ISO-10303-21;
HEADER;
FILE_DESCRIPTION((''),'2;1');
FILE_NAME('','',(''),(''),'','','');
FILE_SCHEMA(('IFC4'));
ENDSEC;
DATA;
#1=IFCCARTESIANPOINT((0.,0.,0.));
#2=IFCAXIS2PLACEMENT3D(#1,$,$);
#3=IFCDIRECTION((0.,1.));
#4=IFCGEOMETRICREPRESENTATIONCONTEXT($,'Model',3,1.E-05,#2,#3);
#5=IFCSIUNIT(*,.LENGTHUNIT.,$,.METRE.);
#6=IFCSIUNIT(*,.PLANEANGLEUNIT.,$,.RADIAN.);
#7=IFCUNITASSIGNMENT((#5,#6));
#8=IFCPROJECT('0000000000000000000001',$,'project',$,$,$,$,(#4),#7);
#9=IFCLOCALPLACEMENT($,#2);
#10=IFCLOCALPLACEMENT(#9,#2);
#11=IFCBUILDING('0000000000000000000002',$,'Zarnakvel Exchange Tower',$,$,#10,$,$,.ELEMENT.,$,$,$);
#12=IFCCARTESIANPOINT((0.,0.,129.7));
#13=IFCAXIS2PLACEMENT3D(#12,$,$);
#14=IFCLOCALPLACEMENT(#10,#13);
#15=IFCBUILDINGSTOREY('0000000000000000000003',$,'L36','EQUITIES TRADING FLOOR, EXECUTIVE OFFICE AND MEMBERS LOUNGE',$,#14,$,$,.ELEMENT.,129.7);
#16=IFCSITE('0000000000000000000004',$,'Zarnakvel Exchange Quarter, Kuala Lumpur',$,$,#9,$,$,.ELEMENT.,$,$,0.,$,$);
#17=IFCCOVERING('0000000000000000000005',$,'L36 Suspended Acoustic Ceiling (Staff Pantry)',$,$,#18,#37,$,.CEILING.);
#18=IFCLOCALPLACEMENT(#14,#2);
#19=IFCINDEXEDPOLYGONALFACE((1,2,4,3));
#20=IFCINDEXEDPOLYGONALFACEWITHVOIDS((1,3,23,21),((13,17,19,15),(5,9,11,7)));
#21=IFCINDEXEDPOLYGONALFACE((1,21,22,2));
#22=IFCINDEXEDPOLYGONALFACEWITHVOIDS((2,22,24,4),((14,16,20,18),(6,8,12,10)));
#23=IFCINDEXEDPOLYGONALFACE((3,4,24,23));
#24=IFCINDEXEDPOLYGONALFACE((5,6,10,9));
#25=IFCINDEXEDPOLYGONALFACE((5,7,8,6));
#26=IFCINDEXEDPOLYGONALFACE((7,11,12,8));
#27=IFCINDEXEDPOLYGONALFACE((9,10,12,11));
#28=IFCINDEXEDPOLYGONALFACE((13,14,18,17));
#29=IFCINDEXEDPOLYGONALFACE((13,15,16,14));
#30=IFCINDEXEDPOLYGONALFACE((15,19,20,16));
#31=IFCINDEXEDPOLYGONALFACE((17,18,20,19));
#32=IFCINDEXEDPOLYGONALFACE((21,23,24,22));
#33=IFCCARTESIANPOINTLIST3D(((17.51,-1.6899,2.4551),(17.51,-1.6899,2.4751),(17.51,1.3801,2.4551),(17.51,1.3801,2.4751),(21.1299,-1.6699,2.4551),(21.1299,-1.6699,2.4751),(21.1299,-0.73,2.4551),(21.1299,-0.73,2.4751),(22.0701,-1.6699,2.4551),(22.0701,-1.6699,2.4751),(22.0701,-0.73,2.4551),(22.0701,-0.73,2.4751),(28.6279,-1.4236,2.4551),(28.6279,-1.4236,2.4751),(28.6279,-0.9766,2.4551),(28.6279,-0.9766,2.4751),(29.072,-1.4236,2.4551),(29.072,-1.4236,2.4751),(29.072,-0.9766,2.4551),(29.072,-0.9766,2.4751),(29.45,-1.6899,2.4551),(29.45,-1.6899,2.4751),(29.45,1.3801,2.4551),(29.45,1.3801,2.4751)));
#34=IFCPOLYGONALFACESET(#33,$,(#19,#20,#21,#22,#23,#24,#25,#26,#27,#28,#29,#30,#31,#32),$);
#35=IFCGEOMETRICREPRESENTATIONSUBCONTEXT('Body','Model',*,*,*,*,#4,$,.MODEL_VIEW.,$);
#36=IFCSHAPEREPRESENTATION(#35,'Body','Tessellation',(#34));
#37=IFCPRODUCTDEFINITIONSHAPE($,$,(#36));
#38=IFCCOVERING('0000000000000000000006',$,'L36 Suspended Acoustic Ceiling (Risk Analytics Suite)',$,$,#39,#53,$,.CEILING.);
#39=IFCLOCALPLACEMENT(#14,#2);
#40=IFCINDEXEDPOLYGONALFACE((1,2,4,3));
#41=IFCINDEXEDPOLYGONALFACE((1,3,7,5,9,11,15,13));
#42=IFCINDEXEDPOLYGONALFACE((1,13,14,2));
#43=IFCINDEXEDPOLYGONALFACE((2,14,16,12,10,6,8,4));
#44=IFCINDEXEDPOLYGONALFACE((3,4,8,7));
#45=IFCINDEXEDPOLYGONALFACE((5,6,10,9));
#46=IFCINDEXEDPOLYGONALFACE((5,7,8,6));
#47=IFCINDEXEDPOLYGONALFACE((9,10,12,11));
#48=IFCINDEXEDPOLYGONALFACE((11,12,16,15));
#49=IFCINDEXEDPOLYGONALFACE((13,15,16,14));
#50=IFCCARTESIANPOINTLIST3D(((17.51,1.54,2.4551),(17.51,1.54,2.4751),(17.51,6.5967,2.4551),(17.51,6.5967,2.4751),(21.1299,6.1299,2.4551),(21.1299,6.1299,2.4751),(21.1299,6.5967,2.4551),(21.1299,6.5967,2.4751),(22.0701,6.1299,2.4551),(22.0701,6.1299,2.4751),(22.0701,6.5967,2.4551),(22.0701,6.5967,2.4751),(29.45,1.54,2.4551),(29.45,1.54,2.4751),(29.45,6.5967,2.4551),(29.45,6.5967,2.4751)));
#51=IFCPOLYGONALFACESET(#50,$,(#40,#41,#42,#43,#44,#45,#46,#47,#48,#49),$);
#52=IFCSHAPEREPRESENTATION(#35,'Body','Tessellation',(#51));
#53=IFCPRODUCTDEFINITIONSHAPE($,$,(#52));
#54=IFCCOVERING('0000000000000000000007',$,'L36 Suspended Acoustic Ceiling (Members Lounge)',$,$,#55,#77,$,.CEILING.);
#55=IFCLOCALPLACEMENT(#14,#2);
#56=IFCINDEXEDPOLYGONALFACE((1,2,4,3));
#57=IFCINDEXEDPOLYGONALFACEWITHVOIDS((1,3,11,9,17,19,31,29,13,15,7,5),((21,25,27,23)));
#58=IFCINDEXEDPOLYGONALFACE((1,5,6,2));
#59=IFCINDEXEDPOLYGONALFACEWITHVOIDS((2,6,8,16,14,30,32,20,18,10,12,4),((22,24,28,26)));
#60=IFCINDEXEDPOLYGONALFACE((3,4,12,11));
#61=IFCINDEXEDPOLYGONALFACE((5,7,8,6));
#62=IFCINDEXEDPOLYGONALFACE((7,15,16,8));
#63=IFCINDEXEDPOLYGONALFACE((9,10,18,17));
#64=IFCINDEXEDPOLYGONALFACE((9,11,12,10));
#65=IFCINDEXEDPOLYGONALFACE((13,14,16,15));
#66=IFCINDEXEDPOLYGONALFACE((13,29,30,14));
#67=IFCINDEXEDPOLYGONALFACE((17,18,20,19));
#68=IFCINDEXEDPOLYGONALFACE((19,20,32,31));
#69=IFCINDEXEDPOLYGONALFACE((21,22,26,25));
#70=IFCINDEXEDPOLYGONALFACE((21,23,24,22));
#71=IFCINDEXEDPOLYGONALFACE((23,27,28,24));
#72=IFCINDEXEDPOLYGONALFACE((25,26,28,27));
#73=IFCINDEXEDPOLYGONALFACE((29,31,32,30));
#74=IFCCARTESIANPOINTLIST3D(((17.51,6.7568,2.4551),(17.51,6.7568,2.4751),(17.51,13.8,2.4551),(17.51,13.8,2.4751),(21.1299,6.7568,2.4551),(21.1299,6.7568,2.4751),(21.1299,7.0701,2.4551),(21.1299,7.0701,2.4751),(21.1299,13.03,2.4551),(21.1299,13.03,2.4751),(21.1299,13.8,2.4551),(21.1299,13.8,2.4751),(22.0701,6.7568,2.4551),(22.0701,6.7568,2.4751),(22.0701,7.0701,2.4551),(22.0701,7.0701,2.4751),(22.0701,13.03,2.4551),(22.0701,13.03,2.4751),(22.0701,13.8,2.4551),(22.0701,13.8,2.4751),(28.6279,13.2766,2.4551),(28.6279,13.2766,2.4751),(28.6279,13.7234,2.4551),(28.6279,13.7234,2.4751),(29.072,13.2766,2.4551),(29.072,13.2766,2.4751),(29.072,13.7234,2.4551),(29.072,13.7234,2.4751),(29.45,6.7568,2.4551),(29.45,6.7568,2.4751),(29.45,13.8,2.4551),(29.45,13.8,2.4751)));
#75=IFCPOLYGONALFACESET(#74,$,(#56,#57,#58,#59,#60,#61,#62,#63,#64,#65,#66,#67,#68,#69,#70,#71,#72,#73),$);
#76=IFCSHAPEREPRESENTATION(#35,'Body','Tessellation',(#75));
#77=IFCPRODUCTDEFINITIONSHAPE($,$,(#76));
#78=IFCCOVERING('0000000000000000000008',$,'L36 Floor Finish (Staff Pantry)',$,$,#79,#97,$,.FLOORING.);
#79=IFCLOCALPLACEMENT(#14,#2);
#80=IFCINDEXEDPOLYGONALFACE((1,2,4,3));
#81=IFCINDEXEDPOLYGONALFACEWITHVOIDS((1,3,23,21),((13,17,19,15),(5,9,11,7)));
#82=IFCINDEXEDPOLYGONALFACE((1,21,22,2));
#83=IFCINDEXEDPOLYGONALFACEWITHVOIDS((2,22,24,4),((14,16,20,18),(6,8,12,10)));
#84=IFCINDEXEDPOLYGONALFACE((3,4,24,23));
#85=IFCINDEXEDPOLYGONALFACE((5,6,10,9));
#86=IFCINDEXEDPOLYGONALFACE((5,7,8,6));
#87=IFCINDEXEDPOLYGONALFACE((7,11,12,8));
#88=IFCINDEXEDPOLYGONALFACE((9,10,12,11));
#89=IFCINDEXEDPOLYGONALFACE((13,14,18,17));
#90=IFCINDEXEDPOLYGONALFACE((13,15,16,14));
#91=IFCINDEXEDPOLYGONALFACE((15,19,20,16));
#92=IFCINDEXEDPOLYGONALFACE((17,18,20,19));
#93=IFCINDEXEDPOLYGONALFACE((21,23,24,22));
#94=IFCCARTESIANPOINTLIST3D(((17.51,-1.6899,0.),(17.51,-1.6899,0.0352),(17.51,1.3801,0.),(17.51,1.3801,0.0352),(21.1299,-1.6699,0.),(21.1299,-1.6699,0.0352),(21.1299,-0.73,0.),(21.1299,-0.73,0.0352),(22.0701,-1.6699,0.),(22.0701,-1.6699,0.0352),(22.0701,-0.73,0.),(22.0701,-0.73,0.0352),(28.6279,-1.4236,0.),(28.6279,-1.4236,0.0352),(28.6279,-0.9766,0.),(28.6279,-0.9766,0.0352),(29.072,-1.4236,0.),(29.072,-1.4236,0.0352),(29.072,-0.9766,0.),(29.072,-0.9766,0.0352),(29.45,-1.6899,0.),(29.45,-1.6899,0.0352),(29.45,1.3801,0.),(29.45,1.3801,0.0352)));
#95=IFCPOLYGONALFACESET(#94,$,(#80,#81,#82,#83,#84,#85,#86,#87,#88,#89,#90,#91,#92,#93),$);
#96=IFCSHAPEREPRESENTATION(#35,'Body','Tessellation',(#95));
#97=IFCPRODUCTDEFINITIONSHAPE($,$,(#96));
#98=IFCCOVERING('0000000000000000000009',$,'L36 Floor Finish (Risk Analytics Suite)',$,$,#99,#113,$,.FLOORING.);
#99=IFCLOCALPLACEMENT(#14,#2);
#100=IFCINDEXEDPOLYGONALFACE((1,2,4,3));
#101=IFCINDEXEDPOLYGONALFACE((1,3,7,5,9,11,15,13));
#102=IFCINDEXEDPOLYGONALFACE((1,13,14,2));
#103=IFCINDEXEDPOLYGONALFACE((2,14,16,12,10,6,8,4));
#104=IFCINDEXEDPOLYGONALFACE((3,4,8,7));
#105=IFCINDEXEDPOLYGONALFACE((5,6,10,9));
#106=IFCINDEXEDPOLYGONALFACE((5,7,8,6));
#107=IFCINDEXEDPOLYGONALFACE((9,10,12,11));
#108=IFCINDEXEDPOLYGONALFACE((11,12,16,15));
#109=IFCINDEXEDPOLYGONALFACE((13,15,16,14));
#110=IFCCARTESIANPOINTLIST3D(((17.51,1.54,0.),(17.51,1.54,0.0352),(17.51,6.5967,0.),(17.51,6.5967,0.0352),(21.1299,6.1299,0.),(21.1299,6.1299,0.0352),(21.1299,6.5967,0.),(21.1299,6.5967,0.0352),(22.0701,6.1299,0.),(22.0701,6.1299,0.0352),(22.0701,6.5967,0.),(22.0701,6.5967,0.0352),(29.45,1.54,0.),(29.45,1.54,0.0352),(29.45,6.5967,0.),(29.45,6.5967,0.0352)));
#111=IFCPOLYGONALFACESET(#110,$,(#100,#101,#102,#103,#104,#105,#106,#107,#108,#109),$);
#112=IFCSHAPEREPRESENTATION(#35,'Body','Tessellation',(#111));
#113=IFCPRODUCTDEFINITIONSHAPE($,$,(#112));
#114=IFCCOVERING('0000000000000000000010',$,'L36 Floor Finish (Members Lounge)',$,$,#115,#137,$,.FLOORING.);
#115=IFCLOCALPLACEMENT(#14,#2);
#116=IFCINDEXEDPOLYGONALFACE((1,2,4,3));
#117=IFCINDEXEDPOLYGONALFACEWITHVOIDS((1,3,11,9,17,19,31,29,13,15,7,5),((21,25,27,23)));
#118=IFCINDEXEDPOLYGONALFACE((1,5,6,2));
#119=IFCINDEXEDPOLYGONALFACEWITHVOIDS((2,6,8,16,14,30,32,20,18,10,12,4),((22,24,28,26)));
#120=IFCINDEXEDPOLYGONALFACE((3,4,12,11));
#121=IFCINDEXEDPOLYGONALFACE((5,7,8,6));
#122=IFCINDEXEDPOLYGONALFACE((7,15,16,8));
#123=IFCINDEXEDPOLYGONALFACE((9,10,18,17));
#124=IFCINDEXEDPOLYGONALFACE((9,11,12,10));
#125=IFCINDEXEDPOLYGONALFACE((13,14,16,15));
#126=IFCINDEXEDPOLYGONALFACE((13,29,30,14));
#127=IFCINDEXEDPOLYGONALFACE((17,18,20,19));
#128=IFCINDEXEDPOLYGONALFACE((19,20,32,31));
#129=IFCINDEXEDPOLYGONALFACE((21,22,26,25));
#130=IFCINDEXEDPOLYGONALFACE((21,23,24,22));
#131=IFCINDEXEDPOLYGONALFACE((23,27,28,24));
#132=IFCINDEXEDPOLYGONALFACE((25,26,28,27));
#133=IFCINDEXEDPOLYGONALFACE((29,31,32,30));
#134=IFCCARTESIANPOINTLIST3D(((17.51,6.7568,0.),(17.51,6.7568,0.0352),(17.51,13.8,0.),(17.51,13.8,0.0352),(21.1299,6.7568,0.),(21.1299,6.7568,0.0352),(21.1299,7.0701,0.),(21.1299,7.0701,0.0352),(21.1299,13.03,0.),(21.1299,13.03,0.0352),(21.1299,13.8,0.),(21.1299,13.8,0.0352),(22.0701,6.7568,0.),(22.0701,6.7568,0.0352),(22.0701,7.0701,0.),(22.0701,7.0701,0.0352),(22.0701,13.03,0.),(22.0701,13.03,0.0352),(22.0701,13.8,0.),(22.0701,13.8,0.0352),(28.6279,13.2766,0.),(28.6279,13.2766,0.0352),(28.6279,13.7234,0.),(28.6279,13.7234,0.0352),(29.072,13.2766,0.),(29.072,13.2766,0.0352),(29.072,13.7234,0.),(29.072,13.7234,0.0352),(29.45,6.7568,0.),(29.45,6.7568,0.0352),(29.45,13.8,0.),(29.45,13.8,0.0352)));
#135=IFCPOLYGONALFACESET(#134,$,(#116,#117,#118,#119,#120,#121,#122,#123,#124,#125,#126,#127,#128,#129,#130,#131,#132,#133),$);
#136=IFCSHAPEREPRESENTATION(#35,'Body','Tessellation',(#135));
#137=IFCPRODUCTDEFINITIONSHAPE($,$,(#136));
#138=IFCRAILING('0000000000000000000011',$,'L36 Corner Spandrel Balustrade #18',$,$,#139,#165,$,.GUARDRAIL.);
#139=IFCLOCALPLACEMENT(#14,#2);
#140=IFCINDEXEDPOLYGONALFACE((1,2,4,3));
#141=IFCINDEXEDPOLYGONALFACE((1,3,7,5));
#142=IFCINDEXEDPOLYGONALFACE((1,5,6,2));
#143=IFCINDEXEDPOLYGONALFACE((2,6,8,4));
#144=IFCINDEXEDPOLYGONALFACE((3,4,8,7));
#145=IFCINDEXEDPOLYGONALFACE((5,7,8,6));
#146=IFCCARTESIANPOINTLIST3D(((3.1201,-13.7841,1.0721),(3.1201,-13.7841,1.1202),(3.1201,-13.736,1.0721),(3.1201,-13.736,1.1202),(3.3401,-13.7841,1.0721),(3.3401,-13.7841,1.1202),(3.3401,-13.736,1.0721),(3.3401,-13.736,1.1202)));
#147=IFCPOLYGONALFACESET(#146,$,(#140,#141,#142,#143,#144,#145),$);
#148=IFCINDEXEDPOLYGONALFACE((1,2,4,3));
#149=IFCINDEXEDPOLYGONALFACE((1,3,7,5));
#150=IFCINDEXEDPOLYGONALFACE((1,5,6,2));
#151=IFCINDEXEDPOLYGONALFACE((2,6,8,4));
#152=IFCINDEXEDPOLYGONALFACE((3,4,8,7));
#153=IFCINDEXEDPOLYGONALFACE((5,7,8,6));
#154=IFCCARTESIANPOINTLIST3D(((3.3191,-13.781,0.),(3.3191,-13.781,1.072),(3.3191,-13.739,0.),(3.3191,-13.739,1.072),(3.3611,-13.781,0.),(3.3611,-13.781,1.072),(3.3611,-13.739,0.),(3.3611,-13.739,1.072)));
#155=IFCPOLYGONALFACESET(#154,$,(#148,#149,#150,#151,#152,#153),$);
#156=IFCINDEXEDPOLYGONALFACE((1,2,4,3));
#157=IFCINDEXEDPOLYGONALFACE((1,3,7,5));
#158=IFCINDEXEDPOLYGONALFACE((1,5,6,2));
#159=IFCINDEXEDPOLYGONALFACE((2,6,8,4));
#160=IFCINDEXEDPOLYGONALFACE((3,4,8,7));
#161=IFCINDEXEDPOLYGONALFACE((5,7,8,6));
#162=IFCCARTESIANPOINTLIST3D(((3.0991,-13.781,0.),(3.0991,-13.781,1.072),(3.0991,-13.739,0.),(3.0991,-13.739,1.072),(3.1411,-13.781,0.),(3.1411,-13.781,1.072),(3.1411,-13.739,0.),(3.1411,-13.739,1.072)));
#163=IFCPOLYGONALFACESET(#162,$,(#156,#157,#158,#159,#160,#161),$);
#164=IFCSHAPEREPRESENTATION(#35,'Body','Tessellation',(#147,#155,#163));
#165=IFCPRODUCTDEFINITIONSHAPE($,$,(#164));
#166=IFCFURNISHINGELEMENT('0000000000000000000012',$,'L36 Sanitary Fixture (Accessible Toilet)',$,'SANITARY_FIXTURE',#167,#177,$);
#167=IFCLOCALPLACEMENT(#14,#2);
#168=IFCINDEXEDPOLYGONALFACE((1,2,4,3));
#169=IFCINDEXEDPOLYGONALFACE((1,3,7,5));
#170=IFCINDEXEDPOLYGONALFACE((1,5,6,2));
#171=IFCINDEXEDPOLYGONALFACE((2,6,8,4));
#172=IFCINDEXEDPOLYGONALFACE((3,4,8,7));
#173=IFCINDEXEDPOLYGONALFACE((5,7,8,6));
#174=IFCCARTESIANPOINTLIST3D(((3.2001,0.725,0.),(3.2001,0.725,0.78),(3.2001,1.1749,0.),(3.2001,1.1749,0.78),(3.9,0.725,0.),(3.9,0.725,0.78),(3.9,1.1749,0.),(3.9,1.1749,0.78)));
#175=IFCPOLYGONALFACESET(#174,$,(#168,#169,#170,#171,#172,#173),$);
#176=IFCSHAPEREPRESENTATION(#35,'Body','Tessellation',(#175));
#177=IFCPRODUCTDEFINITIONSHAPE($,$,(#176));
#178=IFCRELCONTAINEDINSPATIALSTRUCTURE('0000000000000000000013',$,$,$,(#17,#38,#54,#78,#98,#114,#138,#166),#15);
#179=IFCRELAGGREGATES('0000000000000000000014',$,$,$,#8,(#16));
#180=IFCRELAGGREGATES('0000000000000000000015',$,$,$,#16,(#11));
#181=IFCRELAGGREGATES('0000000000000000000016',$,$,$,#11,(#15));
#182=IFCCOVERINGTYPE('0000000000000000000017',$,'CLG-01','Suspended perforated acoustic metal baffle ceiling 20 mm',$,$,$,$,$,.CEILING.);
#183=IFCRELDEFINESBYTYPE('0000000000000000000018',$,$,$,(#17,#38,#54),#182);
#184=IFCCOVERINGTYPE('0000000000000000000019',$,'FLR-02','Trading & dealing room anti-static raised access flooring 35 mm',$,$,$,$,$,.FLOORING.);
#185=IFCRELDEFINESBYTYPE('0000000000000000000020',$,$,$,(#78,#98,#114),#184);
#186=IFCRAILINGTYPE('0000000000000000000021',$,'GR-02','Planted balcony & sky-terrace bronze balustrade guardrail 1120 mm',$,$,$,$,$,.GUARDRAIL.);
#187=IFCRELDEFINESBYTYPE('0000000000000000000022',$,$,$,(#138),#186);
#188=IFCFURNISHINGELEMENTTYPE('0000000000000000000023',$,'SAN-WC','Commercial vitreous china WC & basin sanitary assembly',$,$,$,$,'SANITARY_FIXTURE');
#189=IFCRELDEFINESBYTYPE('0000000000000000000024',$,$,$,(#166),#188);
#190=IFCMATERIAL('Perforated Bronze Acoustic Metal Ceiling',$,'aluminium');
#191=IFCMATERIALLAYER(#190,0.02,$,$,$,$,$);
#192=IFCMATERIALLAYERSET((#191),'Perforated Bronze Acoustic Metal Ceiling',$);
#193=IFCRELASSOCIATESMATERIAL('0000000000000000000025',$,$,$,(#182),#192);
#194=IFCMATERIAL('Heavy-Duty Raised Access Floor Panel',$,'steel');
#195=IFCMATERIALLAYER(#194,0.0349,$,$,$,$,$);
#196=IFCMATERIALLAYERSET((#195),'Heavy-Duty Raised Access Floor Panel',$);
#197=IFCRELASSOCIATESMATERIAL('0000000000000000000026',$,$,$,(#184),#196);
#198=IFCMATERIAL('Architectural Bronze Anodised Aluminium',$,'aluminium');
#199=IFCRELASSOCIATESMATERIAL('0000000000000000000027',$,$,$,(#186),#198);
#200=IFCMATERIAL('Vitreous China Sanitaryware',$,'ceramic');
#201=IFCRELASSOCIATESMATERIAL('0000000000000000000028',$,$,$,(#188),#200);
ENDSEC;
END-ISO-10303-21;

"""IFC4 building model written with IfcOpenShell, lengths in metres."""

from ifc_helpers import new_model, si_unit, direction, frame, origin, origin_2d, place, context, subcontext, project, spatial, polyline, rectangle, outline, extrude, source, transform, mapped, material, layer, layer_set, type_object, element, save


model = new_model("IFC4")

# Units and contexts
model_context = context("Model", 3, precision=1e-05, world=origin(), true_north=direction((0.0, 1.0)))
body_context = subcontext(model_context, "Body", "Model", "MODEL_VIEW")
ifc_project = project(units=[si_unit("LENGTHUNIT", "METRE"), si_unit("PLANEANGLEUNIT", "RADIAN")], contexts=[model_context])

# Site, building, storey
site_placement = place(None, origin())
site = spatial("IfcSite", under=ifc_project, at=site_placement, Name="Zarnakvel Exchange Quarter, Kuala Lumpur", CompositionType="ELEMENT", RefElevation=0.0)
building_placement = place(site_placement, origin())
building = spatial("IfcBuilding", under=site, at=building_placement, Name="Zarnakvel Exchange Tower", CompositionType="ELEMENT")
storey_placement = place(building_placement, frame((0.0, 0.0, 129.7)))
storey = spatial("IfcBuildingStorey", under=building, at=storey_placement, Name="L36", Description="EQUITIES TRADING FLOOR, EXECUTIVE OFFICE AND MEMBERS LOUNGE", CompositionType="ELEMENT", Elevation=129.7)

# Coverings
ifc_material_1 = material(Name="Perforated Bronze Acoustic Metal Ceiling", Category="aluminium")
ifc_layer_1 = layer(ifc_material_1, 0.02)
ifc_layer_set_1 = layer_set([ifc_layer_1], Name="Perforated Bronze Acoustic Metal Ceiling")
covering_type_1 = type_object("IfcCoveringType", Name="CLG-01", Description="Suspended perforated acoustic metal baffle ceiling 20 mm", PredefinedType="CEILING", material=ifc_layer_set_1)
covering_1_placement = place(storey_placement, frame((0.0, 0.0, 2.4551)))
element("IfcCovering", 1, at=covering_1_placement, inside=storey, type_object=covering_type_1, Name="L36 Suspended Acoustic Ceiling (Staff Pantry)", PredefinedType="CEILING", context=body_context, shape_type="SweptSolid", body=[
    extrude(outline(polyline([(17.51, 1.3801), (29.45, 1.3801), (29.45, -1.6899), (17.51, -1.6899), (17.51, 1.3801)]), holes=[polyline([(28.6279, -1.4236), (29.072, -1.4236), (29.072, -0.9766), (28.6279, -0.9766), (28.6279, -1.4236)]), polyline([(22.0701, -1.6699), (22.0701, -0.73), (21.1299, -0.73), (21.1299, -1.6699), (22.0701, -1.6699)])]), origin(), (0.0, 0.0, 1.0), 0.02),
])
covering_2_placement = place(storey_placement, frame((0.0, 0.0, 2.4551)))
element("IfcCovering", 2, at=covering_2_placement, inside=storey, type_object=covering_type_1, Name="L36 Suspended Acoustic Ceiling (Risk Analytics Suite)", PredefinedType="CEILING", context=body_context, shape_type="SweptSolid", body=[
    extrude(outline(polyline([(17.51, 6.5967), (21.1299, 6.5967), (21.1299, 6.1299), (22.0701, 6.1299), (22.0701, 6.5967), (29.45, 6.5967), (29.45, 1.54), (17.51, 1.54), (17.51, 6.5967)])), origin(), (0.0, 0.0, 1.0), 0.02),
])
covering_3_placement = place(storey_placement, frame((0.0, 0.0, 2.4551)))
element("IfcCovering", 3, at=covering_3_placement, inside=storey, type_object=covering_type_1, Name="L36 Suspended Acoustic Ceiling (Members Lounge)", PredefinedType="CEILING", context=body_context, shape_type="SweptSolid", body=[
    extrude(outline(polyline([(17.51, 13.8), (21.1299, 13.8), (21.1299, 13.03), (22.0701, 13.03), (22.0701, 13.8), (29.45, 13.8), (29.45, 6.7568), (22.0701, 6.7568), (22.0701, 7.0701), (21.1299, 7.0701), (21.1299, 6.7568), (17.51, 6.7568), (17.51, 13.8)]), holes=[polyline([(28.6279, 13.2766), (29.072, 13.2766), (29.072, 13.7234), (28.6279, 13.7234), (28.6279, 13.2766)])]), origin(), (0.0, 0.0, 1.0), 0.02),
])
ifc_material_2 = material(Name="Heavy-Duty Raised Access Floor Panel", Category="steel")
ifc_layer_2 = layer(ifc_material_2, 0.0349)
ifc_layer_set_2 = layer_set([ifc_layer_2], Name="Heavy-Duty Raised Access Floor Panel")
covering_type_2 = type_object("IfcCoveringType", Name="FLR-02", Description="Trading & dealing room anti-static raised access flooring 35 mm", PredefinedType="FLOORING", material=ifc_layer_set_2)
covering_4_placement = place(storey_placement, origin())
element("IfcCovering", 4, at=covering_4_placement, inside=storey, type_object=covering_type_2, Name="L36 Floor Finish (Staff Pantry)", PredefinedType="FLOORING", context=body_context, shape_type="SweptSolid", body=[
    extrude(outline(polyline([(17.51, 1.3801), (29.45, 1.3801), (29.45, -1.6899), (17.51, -1.6899), (17.51, 1.3801)]), holes=[polyline([(28.6279, -1.4236), (29.072, -1.4236), (29.072, -0.9766), (28.6279, -0.9766), (28.6279, -1.4236)]), polyline([(22.0701, -1.6699), (22.0701, -0.73), (21.1299, -0.73), (21.1299, -1.6699), (22.0701, -1.6699)])]), origin(), (0.0, 0.0, 1.0), 0.0352),
])
covering_5_placement = place(storey_placement, origin())
element("IfcCovering", 5, at=covering_5_placement, inside=storey, type_object=covering_type_2, Name="L36 Floor Finish (Risk Analytics Suite)", PredefinedType="FLOORING", context=body_context, shape_type="SweptSolid", body=[
    extrude(outline(polyline([(17.51, 6.5967), (21.1299, 6.5967), (21.1299, 6.1299), (22.0701, 6.1299), (22.0701, 6.5967), (29.45, 6.5967), (29.45, 1.54), (17.51, 1.54), (17.51, 6.5967)])), origin(), (0.0, 0.0, 1.0), 0.0352),
])
covering_6_placement = place(storey_placement, origin())
element("IfcCovering", 6, at=covering_6_placement, inside=storey, type_object=covering_type_2, Name="L36 Floor Finish (Members Lounge)", PredefinedType="FLOORING", context=body_context, shape_type="SweptSolid", body=[
    extrude(outline(polyline([(17.51, 13.8), (21.1299, 13.8), (21.1299, 13.03), (22.0701, 13.03), (22.0701, 13.8), (29.45, 13.8), (29.45, 6.7568), (22.0701, 6.7568), (22.0701, 7.0701), (21.1299, 7.0701), (21.1299, 6.7568), (17.51, 6.7568), (17.51, 13.8)]), holes=[polyline([(28.6279, 13.2766), (29.072, 13.2766), (29.072, 13.7234), (28.6279, 13.7234), (28.6279, 13.2766)])]), origin(), (0.0, 0.0, 1.0), 0.0352),
])

# Railing
ifc_material_3 = material(Name="Architectural Bronze Anodised Aluminium", Category="aluminium")
railing_type = type_object("IfcRailingType", Name="GR-02", Description="Planted balcony & sky-terrace bronze balustrade guardrail 1120 mm", PredefinedType="GUARDRAIL", material=ifc_material_3)
railing_placement = place(storey_placement, frame((3.3401, -13.76, 0.0)))
element("IfcRailing", 7, at=railing_placement, inside=storey, type_object=railing_type, Name="L36 Corner Spandrel Balustrade #18", PredefinedType="GUARDRAIL", context=body_context, shape_type="SweptSolid", body=[
    extrude(rectangle(XDim=0.0481, YDim=0.0481, at=origin_2d()), frame((0.0, 0.0, 1.0962), z_axis=(-1.0, 0.0, 0.0), x_axis=(0.0, -1.0, 0.0)), (0.0, 0.0, 1.0), 0.22),
    extrude(rectangle(XDim=0.042, YDim=0.042, at=origin_2d()), origin(), (0.0, 0.0, 1.0), 1.072),
    extrude(rectangle(XDim=0.042, YDim=0.042, at=origin_2d()), frame((-0.22, 0.0, 0.0)), (0.0, 0.0, 1.0), 1.072),
])

# Furnishing element
ifc_material_4 = material(Name="Vitreous China Sanitaryware", Category="ceramic")
furnishing_element_type = type_object("IfcFurnishingElementType", Name="SAN-WC", Description="Commercial vitreous china WC & basin sanitary assembly", ElementType="SANITARY_FIXTURE", material=ifc_material_4)
shared_shape_1 = source(origin(), body_context, "Body", "SweptSolid", [
    extrude(rectangle(XDim=0.7, YDim=0.45, at=origin_2d()), origin(), (0.0, 0.0, 1.0), 0.78),
])
furnishing_placement = place(storey_placement, frame((3.55, 0.95, 0.0), z_axis=(0.0, 0.0, 1.0), x_axis=(1.0, 0.0, 0.0)))
element("IfcFurnishingElement", 8, at=furnishing_placement, inside=storey, type_object=furnishing_element_type, Name="L36 Sanitary Fixture (Accessible Toilet)", ObjectType="SANITARY_FIXTURE", context=body_context, shape_type="MappedRepresentation", body=[
    mapped(shared_shape_1, transform((0.0, 0.0, 0.0), x_axis=(1.0, 0.0, 0.0), y_axis=(0.0, 1.0, 0.0), z_axis=(0.0, 0.0, 1.0), scale=1.0)),
])

save(model, "model.ifc")
